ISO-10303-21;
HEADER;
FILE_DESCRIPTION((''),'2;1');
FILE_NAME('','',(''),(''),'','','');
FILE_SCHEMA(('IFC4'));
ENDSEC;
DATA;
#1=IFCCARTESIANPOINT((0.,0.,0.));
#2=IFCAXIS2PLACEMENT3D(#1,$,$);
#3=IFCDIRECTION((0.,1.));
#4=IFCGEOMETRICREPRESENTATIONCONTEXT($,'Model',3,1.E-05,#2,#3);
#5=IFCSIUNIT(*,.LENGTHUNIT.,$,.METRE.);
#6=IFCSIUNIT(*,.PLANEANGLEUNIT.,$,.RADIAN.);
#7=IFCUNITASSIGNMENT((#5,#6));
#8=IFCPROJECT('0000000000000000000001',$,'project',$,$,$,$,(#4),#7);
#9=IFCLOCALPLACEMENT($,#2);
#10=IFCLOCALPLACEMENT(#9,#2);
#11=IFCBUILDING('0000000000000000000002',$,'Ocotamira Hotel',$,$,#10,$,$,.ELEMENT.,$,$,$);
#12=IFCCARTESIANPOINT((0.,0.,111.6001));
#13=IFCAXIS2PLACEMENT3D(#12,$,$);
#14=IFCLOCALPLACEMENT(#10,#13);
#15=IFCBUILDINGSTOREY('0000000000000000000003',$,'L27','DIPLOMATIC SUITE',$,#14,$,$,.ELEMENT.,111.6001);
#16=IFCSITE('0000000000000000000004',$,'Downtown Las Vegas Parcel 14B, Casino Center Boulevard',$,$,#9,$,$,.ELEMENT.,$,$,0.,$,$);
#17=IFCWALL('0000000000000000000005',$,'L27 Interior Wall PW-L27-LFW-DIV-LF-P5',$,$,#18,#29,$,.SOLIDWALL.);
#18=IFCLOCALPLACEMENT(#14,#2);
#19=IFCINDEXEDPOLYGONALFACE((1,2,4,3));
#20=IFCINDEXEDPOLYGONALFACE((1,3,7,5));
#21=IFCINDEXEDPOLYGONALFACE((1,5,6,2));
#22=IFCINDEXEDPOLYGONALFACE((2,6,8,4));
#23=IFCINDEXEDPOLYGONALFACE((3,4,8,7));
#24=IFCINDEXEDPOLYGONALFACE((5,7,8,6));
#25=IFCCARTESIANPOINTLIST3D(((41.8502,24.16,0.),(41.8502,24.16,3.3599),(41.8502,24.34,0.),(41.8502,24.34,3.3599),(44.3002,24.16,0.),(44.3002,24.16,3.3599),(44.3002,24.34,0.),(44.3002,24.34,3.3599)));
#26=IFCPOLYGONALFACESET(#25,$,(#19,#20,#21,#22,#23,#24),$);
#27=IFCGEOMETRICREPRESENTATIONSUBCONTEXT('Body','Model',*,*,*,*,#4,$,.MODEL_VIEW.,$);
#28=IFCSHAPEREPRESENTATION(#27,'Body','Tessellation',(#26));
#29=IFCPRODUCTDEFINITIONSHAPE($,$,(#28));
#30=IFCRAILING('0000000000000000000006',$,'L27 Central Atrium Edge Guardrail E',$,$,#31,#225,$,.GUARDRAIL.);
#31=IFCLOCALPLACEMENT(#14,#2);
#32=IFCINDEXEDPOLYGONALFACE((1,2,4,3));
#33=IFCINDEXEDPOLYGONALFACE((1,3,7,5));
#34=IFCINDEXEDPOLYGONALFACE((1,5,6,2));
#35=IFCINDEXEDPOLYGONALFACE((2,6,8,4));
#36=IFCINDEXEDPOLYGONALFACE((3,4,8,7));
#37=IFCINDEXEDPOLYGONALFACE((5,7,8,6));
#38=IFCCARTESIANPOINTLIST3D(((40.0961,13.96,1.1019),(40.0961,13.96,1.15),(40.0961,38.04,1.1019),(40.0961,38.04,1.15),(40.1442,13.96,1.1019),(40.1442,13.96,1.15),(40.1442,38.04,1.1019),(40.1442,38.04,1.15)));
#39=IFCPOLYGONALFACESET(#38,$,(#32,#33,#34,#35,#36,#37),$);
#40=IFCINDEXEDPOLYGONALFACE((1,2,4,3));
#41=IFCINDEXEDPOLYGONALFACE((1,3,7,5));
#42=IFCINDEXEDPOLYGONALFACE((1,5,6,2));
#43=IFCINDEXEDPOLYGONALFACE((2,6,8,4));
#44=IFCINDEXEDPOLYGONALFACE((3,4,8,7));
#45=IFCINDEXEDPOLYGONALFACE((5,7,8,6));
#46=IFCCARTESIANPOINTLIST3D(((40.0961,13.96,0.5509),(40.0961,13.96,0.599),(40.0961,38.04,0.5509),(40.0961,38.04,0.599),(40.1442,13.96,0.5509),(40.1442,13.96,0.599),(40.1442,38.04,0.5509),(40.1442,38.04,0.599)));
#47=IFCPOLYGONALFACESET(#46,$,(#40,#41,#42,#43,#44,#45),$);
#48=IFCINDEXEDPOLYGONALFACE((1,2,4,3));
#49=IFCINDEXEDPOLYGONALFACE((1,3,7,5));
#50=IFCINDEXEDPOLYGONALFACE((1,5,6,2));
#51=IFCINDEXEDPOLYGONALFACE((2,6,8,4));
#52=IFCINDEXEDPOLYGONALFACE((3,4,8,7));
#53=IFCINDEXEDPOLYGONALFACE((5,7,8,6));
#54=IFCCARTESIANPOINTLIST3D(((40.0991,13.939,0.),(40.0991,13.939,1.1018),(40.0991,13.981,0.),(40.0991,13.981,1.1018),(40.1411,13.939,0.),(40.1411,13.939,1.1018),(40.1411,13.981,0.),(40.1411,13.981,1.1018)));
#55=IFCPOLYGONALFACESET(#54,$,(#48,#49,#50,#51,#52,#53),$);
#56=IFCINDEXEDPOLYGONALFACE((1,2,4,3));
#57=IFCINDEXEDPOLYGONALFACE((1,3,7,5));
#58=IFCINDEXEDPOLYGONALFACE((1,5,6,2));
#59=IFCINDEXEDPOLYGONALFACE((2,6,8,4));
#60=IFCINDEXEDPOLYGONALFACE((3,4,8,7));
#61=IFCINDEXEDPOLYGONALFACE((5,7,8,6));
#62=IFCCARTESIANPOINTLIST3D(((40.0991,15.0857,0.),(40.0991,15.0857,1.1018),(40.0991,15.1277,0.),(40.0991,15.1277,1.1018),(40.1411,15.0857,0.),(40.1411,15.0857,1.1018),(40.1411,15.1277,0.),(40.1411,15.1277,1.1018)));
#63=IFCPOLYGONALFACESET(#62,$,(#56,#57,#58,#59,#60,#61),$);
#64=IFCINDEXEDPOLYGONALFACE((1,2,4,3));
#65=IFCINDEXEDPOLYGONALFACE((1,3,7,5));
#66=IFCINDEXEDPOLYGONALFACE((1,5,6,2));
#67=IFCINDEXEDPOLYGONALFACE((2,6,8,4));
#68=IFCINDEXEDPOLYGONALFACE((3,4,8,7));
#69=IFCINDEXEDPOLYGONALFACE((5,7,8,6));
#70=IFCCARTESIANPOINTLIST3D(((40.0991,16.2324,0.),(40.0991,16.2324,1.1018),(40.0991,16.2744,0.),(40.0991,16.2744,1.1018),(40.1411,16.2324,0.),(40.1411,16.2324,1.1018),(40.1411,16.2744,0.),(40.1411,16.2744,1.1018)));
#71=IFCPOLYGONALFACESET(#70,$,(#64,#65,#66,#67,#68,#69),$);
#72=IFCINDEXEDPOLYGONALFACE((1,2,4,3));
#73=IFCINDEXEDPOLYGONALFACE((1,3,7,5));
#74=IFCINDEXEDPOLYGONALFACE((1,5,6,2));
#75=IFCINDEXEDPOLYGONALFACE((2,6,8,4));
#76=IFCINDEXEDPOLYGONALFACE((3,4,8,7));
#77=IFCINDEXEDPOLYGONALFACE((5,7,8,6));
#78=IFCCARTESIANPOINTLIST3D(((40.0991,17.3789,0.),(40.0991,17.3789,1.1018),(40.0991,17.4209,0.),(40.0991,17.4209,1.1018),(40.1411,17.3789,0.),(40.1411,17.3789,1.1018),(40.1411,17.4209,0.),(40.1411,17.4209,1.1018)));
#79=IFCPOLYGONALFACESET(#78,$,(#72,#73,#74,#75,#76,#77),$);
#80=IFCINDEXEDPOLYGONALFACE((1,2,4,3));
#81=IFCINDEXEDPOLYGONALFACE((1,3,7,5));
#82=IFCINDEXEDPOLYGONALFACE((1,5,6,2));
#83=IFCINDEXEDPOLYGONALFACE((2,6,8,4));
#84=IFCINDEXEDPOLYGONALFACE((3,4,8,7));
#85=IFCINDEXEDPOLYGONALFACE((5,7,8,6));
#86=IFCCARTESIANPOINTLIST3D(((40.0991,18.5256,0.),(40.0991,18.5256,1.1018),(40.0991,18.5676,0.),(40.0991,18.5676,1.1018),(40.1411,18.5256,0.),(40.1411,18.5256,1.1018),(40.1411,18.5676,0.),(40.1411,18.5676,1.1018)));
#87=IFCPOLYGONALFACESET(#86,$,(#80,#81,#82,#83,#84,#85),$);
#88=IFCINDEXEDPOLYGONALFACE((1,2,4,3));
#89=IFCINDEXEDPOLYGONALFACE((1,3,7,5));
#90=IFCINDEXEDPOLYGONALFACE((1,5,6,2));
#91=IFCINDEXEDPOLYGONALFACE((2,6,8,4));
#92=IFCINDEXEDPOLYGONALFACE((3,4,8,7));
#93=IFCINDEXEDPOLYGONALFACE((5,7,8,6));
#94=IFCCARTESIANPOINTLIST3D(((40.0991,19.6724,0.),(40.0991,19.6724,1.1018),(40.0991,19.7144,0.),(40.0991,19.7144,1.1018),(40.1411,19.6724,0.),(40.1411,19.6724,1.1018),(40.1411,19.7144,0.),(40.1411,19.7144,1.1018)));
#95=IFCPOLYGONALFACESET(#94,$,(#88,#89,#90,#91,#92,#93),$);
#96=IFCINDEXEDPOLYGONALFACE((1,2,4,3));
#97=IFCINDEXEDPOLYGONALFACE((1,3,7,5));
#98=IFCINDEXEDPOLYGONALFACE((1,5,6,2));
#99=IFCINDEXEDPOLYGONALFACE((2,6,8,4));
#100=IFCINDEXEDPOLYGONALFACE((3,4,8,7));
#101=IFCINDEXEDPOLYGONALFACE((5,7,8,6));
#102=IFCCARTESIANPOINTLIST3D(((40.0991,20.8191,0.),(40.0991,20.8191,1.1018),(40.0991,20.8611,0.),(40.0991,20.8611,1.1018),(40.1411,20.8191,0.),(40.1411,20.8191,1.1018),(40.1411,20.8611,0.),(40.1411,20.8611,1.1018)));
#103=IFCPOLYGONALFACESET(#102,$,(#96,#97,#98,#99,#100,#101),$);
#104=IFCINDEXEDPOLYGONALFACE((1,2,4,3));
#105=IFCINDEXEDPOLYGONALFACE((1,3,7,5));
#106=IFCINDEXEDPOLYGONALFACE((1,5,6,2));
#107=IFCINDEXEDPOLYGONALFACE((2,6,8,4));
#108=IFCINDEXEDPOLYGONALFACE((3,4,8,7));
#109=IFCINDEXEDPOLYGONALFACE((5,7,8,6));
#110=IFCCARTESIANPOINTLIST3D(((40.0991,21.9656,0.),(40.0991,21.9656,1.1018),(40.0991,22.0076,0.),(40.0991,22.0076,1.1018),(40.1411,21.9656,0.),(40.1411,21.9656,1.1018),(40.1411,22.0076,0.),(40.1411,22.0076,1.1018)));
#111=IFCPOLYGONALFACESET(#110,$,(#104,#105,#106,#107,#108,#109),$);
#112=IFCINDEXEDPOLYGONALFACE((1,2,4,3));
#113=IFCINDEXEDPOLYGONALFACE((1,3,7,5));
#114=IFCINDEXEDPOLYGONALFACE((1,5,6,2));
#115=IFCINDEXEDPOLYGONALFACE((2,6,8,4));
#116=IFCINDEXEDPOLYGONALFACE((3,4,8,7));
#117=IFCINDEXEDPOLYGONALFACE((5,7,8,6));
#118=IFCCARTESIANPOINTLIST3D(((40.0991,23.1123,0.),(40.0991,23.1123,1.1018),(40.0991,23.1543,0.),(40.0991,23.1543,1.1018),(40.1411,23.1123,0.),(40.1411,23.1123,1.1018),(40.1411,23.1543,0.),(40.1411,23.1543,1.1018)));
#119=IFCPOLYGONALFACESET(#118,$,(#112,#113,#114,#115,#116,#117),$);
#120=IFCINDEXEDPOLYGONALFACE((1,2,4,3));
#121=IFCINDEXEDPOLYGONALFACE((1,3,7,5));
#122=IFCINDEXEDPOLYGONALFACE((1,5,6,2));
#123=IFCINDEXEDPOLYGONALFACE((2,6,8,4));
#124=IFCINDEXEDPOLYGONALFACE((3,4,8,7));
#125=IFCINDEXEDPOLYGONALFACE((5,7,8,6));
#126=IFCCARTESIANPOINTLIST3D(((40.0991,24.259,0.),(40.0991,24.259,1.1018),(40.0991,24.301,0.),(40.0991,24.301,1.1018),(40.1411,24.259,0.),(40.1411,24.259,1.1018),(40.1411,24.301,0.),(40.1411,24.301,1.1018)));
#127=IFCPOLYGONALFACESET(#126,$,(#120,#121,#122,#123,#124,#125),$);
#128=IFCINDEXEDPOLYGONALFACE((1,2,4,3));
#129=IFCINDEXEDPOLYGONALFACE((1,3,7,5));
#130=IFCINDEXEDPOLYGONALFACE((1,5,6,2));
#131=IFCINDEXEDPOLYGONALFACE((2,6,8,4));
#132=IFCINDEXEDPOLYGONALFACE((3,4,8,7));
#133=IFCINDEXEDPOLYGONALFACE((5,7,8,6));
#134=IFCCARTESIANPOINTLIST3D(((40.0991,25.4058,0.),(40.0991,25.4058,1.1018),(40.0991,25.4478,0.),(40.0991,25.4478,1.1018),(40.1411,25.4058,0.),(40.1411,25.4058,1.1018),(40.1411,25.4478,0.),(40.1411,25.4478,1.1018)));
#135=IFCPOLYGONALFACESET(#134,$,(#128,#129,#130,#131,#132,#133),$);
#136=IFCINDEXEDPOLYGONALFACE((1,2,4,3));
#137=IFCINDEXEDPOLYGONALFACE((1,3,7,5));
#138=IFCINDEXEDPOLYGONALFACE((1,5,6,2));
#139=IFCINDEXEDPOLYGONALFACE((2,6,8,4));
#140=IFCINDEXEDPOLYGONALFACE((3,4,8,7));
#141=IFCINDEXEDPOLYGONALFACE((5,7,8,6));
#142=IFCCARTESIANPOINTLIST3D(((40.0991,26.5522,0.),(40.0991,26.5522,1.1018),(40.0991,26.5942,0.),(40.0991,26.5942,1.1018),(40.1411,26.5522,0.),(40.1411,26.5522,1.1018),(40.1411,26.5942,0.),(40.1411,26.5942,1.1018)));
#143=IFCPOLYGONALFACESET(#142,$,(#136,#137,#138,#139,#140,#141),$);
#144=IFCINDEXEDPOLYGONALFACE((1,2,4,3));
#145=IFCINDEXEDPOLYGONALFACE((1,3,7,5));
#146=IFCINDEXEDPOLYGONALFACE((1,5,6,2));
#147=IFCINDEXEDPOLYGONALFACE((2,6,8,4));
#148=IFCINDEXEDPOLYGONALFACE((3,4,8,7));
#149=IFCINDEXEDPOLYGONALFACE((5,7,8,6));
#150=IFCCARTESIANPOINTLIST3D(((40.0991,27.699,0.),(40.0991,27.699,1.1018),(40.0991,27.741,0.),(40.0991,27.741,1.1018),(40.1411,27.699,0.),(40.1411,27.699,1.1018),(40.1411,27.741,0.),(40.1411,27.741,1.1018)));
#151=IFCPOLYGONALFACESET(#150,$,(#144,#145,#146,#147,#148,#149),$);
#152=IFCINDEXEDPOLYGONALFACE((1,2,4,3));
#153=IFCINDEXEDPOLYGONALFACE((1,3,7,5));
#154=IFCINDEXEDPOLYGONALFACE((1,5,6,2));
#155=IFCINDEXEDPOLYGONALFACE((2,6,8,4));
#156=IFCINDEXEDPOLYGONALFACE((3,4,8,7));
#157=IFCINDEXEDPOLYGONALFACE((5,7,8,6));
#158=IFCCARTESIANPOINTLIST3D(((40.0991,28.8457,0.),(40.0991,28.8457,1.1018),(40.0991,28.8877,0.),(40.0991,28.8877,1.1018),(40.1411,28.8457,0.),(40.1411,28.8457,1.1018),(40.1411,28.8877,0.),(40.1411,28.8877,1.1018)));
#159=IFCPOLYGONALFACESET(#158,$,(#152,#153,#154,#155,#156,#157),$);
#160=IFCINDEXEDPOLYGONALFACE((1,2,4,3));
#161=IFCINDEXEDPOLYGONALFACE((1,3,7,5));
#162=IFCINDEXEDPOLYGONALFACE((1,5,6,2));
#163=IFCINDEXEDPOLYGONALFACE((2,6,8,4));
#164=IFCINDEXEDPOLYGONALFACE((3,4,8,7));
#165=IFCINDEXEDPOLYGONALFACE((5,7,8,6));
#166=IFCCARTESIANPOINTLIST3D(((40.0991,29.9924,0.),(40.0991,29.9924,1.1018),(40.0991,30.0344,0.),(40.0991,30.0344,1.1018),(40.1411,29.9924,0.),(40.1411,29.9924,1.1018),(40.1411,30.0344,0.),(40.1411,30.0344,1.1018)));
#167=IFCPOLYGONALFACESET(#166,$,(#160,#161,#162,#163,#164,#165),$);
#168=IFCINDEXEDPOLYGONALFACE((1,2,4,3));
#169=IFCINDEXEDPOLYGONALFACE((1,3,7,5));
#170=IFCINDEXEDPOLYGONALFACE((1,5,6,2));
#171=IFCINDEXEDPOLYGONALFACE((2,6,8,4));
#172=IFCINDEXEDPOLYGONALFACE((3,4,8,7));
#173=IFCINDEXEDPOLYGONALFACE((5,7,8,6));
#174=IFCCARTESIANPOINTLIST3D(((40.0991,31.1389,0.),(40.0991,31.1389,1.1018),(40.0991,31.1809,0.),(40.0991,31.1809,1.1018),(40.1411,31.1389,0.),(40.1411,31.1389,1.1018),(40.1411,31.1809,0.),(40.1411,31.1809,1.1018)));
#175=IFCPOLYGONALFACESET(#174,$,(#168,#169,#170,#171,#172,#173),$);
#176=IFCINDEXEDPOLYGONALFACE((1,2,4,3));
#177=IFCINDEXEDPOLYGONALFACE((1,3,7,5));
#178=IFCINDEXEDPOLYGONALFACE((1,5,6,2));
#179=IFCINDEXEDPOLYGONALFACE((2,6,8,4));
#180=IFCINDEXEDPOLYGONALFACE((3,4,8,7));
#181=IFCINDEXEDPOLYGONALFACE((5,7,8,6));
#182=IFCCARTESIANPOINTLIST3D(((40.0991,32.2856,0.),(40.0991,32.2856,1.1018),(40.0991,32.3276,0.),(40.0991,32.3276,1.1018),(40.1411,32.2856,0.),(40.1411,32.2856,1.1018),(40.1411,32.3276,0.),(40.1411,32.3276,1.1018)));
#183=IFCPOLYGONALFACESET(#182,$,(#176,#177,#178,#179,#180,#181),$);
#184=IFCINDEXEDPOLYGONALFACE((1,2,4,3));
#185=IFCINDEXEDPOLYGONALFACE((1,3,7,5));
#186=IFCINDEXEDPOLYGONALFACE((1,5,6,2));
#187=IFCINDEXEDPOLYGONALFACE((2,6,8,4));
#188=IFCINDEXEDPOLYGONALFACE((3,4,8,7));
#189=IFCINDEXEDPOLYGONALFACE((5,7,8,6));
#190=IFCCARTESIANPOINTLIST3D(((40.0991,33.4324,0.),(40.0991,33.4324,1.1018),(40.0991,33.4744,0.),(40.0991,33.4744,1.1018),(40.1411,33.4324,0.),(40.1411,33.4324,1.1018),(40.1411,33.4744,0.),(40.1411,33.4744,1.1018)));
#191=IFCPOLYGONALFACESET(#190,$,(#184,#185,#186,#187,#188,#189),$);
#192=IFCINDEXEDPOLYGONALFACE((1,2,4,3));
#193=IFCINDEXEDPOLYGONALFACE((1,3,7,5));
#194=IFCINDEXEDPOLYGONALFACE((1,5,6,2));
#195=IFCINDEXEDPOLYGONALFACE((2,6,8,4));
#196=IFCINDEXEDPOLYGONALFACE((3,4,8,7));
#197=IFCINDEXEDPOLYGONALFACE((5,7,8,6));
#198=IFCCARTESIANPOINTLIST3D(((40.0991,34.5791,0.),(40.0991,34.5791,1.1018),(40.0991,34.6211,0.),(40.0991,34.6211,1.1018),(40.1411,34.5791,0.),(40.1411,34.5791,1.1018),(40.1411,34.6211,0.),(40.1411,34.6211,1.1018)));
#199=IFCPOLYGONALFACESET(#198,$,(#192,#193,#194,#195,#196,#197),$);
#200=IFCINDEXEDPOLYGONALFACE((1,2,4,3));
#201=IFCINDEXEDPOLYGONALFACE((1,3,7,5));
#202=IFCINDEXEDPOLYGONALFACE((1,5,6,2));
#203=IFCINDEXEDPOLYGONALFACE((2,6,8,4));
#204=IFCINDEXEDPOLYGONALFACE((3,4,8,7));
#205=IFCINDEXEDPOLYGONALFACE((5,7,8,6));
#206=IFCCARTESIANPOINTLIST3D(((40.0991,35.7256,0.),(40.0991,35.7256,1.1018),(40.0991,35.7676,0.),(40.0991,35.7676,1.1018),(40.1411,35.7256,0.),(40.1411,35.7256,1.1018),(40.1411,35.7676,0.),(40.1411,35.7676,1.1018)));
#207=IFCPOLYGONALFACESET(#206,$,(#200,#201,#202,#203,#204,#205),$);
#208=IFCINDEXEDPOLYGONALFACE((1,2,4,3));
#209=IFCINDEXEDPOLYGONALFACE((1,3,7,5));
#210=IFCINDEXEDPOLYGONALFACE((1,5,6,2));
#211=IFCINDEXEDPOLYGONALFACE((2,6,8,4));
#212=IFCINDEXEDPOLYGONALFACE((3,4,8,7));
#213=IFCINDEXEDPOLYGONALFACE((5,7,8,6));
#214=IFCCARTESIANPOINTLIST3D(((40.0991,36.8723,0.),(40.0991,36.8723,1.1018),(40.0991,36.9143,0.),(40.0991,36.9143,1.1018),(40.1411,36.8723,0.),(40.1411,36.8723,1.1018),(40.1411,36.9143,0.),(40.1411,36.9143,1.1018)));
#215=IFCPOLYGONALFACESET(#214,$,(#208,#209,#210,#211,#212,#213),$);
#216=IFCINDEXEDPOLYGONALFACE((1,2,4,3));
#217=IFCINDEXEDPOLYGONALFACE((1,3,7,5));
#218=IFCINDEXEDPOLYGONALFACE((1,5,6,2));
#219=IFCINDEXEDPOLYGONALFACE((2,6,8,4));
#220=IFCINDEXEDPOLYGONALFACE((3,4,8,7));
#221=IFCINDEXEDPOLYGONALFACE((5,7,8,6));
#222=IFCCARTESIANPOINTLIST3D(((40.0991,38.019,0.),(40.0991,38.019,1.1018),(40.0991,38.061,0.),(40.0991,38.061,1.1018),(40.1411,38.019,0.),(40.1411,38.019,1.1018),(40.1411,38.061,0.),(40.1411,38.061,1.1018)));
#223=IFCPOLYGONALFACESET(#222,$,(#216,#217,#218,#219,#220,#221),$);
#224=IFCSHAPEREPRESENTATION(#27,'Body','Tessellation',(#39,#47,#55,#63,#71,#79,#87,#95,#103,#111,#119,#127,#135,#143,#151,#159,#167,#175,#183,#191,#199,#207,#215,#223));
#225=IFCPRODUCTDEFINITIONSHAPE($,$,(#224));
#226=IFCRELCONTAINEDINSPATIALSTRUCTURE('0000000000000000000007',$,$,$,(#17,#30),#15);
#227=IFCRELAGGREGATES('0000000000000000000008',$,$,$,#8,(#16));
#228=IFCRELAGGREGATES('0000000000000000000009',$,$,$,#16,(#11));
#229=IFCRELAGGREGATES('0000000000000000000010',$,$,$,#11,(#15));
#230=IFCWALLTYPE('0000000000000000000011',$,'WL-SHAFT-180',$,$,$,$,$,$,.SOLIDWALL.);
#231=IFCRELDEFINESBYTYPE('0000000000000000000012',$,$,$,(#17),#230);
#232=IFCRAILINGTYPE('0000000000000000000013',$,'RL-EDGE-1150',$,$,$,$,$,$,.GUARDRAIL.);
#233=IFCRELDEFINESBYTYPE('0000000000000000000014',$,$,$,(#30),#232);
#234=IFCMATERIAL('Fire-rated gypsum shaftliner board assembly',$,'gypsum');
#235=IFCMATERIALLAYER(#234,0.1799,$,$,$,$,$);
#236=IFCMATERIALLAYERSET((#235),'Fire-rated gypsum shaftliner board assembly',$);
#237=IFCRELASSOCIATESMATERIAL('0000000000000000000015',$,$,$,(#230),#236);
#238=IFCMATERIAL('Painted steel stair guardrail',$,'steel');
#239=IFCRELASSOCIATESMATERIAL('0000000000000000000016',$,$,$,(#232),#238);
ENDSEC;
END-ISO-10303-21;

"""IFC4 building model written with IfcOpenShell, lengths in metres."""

from ifc_helpers import new_model, si_unit, direction, frame, frame_2d, origin, origin_2d, place, context, subcontext, project, spatial, rectangle, extrude, material, layer, layer_set, type_object, element, save


model = new_model("IFC4")

# Units and contexts
model_context = context("Model", 3, precision=1e-05, world=origin(), true_north=direction((0.0, 1.0)))
body_context = subcontext(model_context, "Body", "Model", "MODEL_VIEW")
ifc_project = project(units=[si_unit("LENGTHUNIT", "METRE"), si_unit("PLANEANGLEUNIT", "RADIAN")], contexts=[model_context])

# Site, building, storey
site_placement = place(None, origin())
site = spatial("IfcSite", under=ifc_project, at=site_placement, Name="Downtown Las Vegas Parcel 14B, Casino Center Boulevard", CompositionType="ELEMENT", RefElevation=0.0)
building_placement = place(site_placement, origin())
building = spatial("IfcBuilding", under=site, at=building_placement, Name="Ocotamira Hotel", CompositionType="ELEMENT")
storey_placement = place(building_placement, frame((0.0, 0.0, 111.6001)))
storey = spatial("IfcBuildingStorey", under=building, at=storey_placement, Name="L27", Description="DIPLOMATIC SUITE", CompositionType="ELEMENT", Elevation=111.6001)

# Shared definitions
ifc_material_1 = material(Name="Fire-rated gypsum shaftliner board assembly", Category="gypsum")
ifc_layer_1 = layer(ifc_material_1, 0.1799)
ifc_layer_set_1 = layer_set([ifc_layer_1], Name="Fire-rated gypsum shaftliner board assembly")
wall_type_1 = type_object("IfcWallType", Name="WL-SHAFT-180", PredefinedType="SOLIDWALL", material=ifc_layer_set_1)

# Wall
for number, where, z_axis, x_axis, name in (
    (1, (41.8501, 24.25, 0.0), (0.0, 0.0, 1.0), (1.0, 0.0, 0.0), "L27 Interior Wall PW-L27-LFW-DIV-LF-P5"),
):
    element("IfcWall", number, at=place(storey_placement, frame(where, z_axis=z_axis, x_axis=x_axis)), inside=storey, type_object=wall_type_1, Name=name, PredefinedType="SOLIDWALL", context=body_context, shape_type="SweptSolid", body=[
        extrude(rectangle(XDim=2.45, YDim=0.1799, at=frame_2d((1.2251, 0.0))), origin(), (0.0, 0.0, 1.0), 3.3599),
    ])

# Railing
ifc_material_2 = material(Name="Painted steel stair guardrail", Category="steel")
railing_type = type_object("IfcRailingType", Name="RL-EDGE-1150", PredefinedType="GUARDRAIL", material=ifc_material_2)
railing_placement = place(storey_placement, frame((40.1201, 13.96, 0.0)))
element("IfcRailing", 2, at=railing_placement, inside=storey, type_object=railing_type, Name="L27 Central Atrium Edge Guardrail E", PredefinedType="GUARDRAIL", context=body_context, shape_type="SweptSolid", body=[
    extrude(rectangle(XDim=0.0481, YDim=0.0481, at=origin_2d()), frame((0.0, 0.0, 1.126), z_axis=(0.0, 1.0, 0.0), x_axis=(-1.0, 0.0, 0.0)), (0.0, 0.0, 1.0), 24.0801),
    extrude(rectangle(XDim=0.0481, YDim=0.0481, at=origin_2d()), frame((0.0, 0.0, 0.575), z_axis=(0.0, 1.0, 0.0), x_axis=(-1.0, 0.0, 0.0)), (0.0, 0.0, 1.0), 24.0801),
    extrude(rectangle(XDim=0.042, YDim=0.042, at=origin_2d()), origin(), (0.0, 0.0, 1.0), 1.1018),
    extrude(rectangle(XDim=0.042, YDim=0.042, at=origin_2d()), frame((0.0, 1.1467, 0.0)), (0.0, 0.0, 1.0), 1.1018),
    extrude(rectangle(XDim=0.042, YDim=0.042, at=origin_2d()), frame((0.0, 2.2935, 0.0)), (0.0, 0.0, 1.0), 1.1018),
    extrude(rectangle(XDim=0.042, YDim=0.042, at=origin_2d()), frame((0.0, 3.4399, 0.0)), (0.0, 0.0, 1.0), 1.1018),
    extrude(rectangle(XDim=0.042, YDim=0.042, at=origin_2d()), frame((0.0, 4.5867, 0.0)), (0.0, 0.0, 1.0), 1.1018),
    extrude(rectangle(XDim=0.042, YDim=0.042, at=origin_2d()), frame((0.0, 5.7334, 0.0)), (0.0, 0.0, 1.0), 1.1018),
    extrude(rectangle(XDim=0.042, YDim=0.042, at=origin_2d()), frame((0.0, 6.8801, 0.0)), (0.0, 0.0, 1.0), 1.1018),
    extrude(rectangle(XDim=0.042, YDim=0.042, at=origin_2d()), frame((0.0, 8.0266, 0.0)), (0.0, 0.0, 1.0), 1.1018),
    extrude(rectangle(XDim=0.042, YDim=0.042, at=origin_2d()), frame((0.0, 9.1733, 0.0)), (0.0, 0.0, 1.0), 1.1018),
    extrude(rectangle(XDim=0.042, YDim=0.042, at=origin_2d()), frame((0.0, 10.3201, 0.0)), (0.0, 0.0, 1.0), 1.1018),
    extrude(rectangle(XDim=0.042, YDim=0.042, at=origin_2d()), frame((0.0, 11.4668, 0.0)), (0.0, 0.0, 1.0), 1.1018),
    extrude(rectangle(XDim=0.042, YDim=0.042, at=origin_2d()), frame((0.0, 12.6133, 0.0)), (0.0, 0.0, 1.0), 1.1018),
    extrude(rectangle(XDim=0.042, YDim=0.042, at=origin_2d()), frame((0.0, 13.76, 0.0)), (0.0, 0.0, 1.0), 1.1018),
    extrude(rectangle(XDim=0.042, YDim=0.042, at=origin_2d()), frame((0.0, 14.9067, 0.0)), (0.0, 0.0, 1.0), 1.1018),
    extrude(rectangle(XDim=0.042, YDim=0.042, at=origin_2d()), frame((0.0, 16.0535, 0.0)), (0.0, 0.0, 1.0), 1.1018),
    extrude(rectangle(XDim=0.042, YDim=0.042, at=origin_2d()), frame((0.0, 17.2, 0.0)), (0.0, 0.0, 1.0), 1.1018),
    extrude(rectangle(XDim=0.042, YDim=0.042, at=origin_2d()), frame((0.0, 18.3467, 0.0)), (0.0, 0.0, 1.0), 1.1018),
    extrude(rectangle(XDim=0.042, YDim=0.042, at=origin_2d()), frame((0.0, 19.4934, 0.0)), (0.0, 0.0, 1.0), 1.1018),
    extrude(rectangle(XDim=0.042, YDim=0.042, at=origin_2d()), frame((0.0, 20.6401, 0.0)), (0.0, 0.0, 1.0), 1.1018),
    extrude(rectangle(XDim=0.042, YDim=0.042, at=origin_2d()), frame((0.0, 21.7866, 0.0)), (0.0, 0.0, 1.0), 1.1018),
    extrude(rectangle(XDim=0.042, YDim=0.042, at=origin_2d()), frame((0.0, 22.9333, 0.0)), (0.0, 0.0, 1.0), 1.1018),
    extrude(rectangle(XDim=0.042, YDim=0.042, at=origin_2d()), frame((0.0, 24.0801, 0.0)), (0.0, 0.0, 1.0), 1.1018),
])

save(model, "model.ifc")
